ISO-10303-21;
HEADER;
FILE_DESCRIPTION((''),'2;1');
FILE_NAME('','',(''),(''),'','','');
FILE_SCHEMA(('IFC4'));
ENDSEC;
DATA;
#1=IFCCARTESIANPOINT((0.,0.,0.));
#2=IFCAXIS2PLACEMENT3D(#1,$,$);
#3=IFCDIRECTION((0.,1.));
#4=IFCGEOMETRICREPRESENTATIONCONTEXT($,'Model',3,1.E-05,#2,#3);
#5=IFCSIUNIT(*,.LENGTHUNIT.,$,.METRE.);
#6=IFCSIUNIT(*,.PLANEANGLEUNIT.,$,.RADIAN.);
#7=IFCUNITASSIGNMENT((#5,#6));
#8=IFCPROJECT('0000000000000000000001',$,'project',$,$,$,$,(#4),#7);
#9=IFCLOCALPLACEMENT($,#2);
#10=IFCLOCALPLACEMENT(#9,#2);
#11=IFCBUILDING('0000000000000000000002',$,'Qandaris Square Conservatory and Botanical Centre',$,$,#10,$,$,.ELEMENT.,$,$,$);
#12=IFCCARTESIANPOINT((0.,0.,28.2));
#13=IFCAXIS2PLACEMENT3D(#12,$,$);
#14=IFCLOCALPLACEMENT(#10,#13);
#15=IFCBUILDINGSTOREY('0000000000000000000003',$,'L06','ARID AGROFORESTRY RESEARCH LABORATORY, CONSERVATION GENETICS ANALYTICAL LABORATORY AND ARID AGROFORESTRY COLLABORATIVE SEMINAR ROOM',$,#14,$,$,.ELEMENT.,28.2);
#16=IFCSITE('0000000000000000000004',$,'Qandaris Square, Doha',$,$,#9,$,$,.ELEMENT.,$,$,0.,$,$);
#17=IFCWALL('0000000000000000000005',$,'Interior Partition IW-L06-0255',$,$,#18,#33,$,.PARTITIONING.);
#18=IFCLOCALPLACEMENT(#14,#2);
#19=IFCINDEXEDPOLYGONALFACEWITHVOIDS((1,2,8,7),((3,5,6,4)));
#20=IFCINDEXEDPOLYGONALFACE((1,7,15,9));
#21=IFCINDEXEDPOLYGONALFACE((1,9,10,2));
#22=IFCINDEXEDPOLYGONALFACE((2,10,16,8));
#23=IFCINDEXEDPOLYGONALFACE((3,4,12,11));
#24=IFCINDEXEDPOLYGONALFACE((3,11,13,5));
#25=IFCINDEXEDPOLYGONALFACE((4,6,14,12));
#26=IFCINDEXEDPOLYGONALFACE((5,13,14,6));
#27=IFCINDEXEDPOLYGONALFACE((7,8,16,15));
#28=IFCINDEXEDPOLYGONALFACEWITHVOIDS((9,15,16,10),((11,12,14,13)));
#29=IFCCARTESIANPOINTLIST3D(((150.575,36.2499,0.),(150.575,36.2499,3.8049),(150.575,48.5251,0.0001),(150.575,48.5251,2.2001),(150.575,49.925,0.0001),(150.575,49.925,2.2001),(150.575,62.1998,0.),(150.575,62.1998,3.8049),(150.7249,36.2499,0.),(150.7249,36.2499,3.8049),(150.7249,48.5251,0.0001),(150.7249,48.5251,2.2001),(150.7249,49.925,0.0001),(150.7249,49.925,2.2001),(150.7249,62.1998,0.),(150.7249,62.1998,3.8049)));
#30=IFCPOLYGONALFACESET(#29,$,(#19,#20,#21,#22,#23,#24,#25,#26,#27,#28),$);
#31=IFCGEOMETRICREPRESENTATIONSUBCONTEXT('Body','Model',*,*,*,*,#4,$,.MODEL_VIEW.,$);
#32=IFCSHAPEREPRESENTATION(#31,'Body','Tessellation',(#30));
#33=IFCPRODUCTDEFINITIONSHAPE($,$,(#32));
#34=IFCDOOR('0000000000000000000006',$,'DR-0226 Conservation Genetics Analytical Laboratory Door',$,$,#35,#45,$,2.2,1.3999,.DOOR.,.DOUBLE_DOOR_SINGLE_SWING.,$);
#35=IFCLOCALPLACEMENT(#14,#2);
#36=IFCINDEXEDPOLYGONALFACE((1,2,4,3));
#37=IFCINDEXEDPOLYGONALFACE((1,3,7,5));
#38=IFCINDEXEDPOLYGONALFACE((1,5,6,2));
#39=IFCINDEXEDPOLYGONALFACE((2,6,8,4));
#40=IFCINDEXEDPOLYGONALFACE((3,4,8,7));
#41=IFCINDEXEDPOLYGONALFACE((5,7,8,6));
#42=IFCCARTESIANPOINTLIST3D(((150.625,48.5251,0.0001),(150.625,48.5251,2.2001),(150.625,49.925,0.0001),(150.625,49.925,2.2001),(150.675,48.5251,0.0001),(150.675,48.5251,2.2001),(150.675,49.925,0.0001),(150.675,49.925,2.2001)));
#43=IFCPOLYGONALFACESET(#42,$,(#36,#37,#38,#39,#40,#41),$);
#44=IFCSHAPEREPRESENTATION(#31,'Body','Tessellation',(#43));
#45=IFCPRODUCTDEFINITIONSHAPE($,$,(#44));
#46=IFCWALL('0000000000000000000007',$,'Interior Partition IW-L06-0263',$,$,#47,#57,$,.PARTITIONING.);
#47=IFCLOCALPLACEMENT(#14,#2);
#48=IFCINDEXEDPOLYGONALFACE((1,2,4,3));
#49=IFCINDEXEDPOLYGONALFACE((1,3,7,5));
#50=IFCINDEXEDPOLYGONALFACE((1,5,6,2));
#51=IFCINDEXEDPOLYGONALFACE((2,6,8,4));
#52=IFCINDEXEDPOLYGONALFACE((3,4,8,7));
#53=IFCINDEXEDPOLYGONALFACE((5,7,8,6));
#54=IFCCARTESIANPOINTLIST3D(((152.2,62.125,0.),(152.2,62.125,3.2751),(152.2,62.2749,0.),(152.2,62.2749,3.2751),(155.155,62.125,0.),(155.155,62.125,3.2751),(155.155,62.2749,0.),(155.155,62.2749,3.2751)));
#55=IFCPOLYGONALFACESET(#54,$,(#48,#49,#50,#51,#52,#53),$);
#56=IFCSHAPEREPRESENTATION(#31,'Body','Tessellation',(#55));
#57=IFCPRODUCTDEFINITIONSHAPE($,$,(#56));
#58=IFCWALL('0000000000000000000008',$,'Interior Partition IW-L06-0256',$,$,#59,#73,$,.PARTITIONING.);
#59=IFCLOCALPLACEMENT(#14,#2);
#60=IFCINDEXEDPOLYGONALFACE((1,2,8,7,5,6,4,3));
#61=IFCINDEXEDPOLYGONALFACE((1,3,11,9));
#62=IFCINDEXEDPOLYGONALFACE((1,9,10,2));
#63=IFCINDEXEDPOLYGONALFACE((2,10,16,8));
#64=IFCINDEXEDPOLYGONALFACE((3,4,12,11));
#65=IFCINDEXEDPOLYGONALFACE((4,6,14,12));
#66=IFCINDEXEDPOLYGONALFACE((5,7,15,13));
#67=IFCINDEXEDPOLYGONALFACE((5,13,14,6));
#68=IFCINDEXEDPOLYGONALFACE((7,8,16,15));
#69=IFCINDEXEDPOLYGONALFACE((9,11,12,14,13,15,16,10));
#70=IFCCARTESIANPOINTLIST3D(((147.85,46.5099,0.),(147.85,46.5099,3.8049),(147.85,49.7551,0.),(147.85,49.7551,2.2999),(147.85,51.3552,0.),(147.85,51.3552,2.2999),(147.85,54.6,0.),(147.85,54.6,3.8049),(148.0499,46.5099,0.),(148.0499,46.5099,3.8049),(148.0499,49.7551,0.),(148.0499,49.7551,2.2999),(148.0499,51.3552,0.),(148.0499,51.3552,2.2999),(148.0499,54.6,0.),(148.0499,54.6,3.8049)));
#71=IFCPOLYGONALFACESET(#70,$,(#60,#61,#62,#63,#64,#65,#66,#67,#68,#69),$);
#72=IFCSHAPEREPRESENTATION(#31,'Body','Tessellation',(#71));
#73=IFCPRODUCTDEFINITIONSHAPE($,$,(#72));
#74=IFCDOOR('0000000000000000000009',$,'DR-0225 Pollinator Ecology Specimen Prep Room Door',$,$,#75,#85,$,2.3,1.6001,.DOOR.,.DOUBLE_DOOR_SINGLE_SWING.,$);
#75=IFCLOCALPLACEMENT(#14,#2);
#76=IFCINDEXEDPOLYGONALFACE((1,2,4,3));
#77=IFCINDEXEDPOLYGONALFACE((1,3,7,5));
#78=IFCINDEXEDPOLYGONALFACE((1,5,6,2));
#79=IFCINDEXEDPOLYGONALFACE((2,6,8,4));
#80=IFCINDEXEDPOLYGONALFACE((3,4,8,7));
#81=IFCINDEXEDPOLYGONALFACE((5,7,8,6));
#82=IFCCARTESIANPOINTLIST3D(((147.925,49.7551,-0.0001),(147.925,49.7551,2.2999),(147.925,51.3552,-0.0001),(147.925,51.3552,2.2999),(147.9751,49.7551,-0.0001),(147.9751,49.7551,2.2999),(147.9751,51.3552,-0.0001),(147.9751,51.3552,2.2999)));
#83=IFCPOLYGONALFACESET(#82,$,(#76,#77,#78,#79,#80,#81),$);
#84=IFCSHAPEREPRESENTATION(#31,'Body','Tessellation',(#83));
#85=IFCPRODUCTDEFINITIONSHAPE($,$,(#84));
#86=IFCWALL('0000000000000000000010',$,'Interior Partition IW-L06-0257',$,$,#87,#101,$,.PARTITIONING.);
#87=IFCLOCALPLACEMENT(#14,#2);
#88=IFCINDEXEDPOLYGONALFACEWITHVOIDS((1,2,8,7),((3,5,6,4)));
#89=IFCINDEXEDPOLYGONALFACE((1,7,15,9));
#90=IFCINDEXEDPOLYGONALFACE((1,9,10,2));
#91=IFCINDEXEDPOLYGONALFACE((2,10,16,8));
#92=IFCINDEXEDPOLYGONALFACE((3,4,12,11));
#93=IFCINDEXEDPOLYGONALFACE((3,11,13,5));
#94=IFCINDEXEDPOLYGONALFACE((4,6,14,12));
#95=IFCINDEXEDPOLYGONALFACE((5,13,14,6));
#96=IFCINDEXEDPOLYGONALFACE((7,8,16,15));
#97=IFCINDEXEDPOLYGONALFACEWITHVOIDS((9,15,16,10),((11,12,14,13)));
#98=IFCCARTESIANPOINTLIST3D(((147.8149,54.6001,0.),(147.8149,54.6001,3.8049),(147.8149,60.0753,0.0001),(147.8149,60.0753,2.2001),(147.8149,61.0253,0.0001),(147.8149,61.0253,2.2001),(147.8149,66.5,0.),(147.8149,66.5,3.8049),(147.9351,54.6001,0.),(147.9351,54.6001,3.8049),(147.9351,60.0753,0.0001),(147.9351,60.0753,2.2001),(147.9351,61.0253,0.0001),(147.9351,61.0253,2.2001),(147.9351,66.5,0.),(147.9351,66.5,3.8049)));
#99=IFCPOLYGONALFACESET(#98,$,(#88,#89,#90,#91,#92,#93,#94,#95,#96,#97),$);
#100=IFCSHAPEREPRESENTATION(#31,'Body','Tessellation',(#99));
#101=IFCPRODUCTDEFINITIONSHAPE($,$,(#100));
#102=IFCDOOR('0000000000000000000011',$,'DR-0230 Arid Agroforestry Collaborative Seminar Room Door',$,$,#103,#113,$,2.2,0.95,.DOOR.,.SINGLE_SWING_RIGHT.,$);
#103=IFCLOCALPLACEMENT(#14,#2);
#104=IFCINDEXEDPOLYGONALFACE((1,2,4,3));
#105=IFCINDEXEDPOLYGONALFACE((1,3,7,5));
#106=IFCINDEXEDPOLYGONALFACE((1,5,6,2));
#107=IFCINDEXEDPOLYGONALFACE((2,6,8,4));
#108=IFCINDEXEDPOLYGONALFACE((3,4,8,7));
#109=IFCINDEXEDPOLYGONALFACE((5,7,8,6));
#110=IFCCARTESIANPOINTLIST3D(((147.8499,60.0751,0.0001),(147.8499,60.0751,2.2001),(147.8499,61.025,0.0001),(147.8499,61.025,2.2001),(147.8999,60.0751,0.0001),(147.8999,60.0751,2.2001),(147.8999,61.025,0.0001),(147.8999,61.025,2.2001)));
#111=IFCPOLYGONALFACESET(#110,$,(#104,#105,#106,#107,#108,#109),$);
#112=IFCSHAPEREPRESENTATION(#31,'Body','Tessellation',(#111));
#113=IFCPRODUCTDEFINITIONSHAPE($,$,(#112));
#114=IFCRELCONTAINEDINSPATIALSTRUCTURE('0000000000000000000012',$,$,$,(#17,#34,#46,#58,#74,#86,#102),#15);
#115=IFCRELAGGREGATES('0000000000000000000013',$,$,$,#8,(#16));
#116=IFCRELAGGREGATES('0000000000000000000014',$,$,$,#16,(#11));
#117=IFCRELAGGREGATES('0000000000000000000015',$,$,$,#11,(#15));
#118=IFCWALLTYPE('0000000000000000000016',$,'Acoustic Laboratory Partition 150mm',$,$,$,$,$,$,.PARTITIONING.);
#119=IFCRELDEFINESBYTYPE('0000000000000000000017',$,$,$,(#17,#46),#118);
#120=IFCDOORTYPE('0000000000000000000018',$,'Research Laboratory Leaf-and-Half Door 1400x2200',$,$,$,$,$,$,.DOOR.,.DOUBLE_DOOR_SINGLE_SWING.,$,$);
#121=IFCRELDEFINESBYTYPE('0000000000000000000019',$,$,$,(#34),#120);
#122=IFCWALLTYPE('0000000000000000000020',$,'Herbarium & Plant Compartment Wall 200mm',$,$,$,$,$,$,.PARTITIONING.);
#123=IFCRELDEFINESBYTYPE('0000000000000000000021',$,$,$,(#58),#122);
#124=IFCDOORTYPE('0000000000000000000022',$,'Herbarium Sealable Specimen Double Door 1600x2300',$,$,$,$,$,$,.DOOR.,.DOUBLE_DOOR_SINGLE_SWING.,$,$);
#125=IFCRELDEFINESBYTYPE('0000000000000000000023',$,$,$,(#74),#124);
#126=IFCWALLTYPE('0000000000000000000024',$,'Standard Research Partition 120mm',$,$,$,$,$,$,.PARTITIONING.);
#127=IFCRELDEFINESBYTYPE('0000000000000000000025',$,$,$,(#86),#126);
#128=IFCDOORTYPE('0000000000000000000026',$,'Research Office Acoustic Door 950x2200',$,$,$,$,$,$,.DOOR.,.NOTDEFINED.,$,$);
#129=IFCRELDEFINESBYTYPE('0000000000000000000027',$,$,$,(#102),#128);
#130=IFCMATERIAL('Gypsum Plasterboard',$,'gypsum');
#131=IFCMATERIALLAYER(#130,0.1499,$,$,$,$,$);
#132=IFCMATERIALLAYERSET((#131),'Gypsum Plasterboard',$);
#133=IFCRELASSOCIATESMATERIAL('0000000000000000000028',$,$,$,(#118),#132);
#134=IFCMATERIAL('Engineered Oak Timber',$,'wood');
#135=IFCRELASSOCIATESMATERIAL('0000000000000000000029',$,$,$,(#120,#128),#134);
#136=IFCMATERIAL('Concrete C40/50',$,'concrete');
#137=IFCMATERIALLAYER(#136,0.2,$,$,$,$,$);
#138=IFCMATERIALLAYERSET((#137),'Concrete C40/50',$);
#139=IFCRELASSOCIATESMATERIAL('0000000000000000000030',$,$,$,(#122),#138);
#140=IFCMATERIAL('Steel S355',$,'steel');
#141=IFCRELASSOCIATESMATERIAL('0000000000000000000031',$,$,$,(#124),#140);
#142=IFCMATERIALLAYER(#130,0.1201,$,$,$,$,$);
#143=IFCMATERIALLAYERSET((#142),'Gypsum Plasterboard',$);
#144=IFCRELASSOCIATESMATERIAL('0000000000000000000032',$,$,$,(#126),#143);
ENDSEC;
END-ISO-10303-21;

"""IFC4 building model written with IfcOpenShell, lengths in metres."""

from ifc_helpers import new_model, si_unit, direction, frame, frame_2d, origin, place, context, subcontext, project, spatial, rectangle, extrude, material, layer, layer_set, type_object, element, fill, save


model = new_model("IFC4")

# Units and contexts
model_context = context("Model", 3, precision=1e-05, world=origin(), true_north=direction((0.0, 1.0)))
body_context = subcontext(model_context, "Body", "Model", "MODEL_VIEW")
ifc_project = project(units=[si_unit("LENGTHUNIT", "METRE"), si_unit("PLANEANGLEUNIT", "RADIAN")], contexts=[model_context])

# Site, building, storey
site_placement = place(None, origin())
site = spatial("IfcSite", under=ifc_project, at=site_placement, Name="Qandaris Square, Doha", CompositionType="ELEMENT", RefElevation=0.0)
building_placement = place(site_placement, origin())
building = spatial("IfcBuilding", under=site, at=building_placement, Name="Qandaris Square Conservatory and Botanical Centre", CompositionType="ELEMENT")
storey_placement = place(building_placement, frame((0.0, 0.0, 28.2)))
storey = spatial("IfcBuildingStorey", under=building, at=storey_placement, Name="L06", Description="ARID AGROFORESTRY RESEARCH LABORATORY, CONSERVATION GENETICS ANALYTICAL LABORATORY AND ARID AGROFORESTRY COLLABORATIVE SEMINAR ROOM", CompositionType="ELEMENT", Elevation=28.2)

# Wall, opening, door
ifc_material_1 = material(Name="Gypsum Plasterboard", Category="gypsum")
ifc_layer_1 = layer(ifc_material_1, 0.1499)
ifc_layer_set_1 = layer_set([ifc_layer_1], Name="Gypsum Plasterboard")
wall_type_1 = type_object("IfcWallType", Name="Acoustic Laboratory Partition 150mm", PredefinedType="PARTITIONING", material=ifc_layer_set_1)
wall_1_placement = place(storey_placement, frame((150.6499, 62.2, 0.0), z_axis=(0.0, 0.0, 1.0), x_axis=(0.0, -1.0, 0.0)))
wall_1 = element("IfcWall", 1, at=wall_1_placement, inside=storey, type_object=wall_type_1, Name="Interior Partition IW-L06-0255", PredefinedType="PARTITIONING", context=body_context, shape_type="SweptSolid", body=[
    extrude(rectangle(XDim=25.95, YDim=0.1499, at=frame_2d((12.9751, 0.0))), origin(), (0.0, 0.0, 1.0), 3.8049),
])
opening_1_placement = place(wall_1_placement, frame((12.2749, 0.0, 0.0)))
opening_1 = element("IfcOpeningElement", 2, at=opening_1_placement, cuts=wall_1, PredefinedType="OPENING", context=body_context, shape_type="SweptSolid", body=[
    extrude(rectangle(XDim=1.3999, YDim=2.2, at=frame_2d((0.7, 1.1001))), frame((0.0, 0.0869, 0.0), z_axis=(0.0, -1.0, 0.0), x_axis=(1.0, 0.0, 0.0)), (0.0, 0.0, 1.0), 0.1738),
])
ifc_material_2 = material(Name="Engineered Oak Timber", Category="wood")
door_type_1 = type_object("IfcDoorType", Name="Research Laboratory Leaf-and-Half Door 1400x2200", OperationType="DOUBLE_DOOR_SINGLE_SWING", PredefinedType="DOOR", material=ifc_material_2)
door_1_placement = place(opening_1_placement, frame((1.3999, 0.0, 0.0), z_axis=(0.0, 0.0, 1.0), x_axis=(-1.0, 0.0, 0.0)))
door_1 = element("IfcDoor", 3, at=door_1_placement, inside=storey, type_object=door_type_1, Name="DR-0226 Conservation Genetics Analytical Laboratory Door", OperationType="DOUBLE_DOOR_SINGLE_SWING", OverallHeight=2.2, OverallWidth=1.3999, PredefinedType="DOOR", context=body_context, shape_type="SweptSolid", body=[
    extrude(rectangle(XDim=1.3999, YDim=2.2, at=frame_2d((0.7, 1.1001))), frame((0.0, 0.0249, 0.0), z_axis=(0.0, -1.0, 0.0), x_axis=(1.0, 0.0, 0.0)), (0.0, 0.0, 1.0), 0.05),
])
fill(opening_1, door_1)

# Wall
wall_2_placement = place(storey_placement, frame((152.2, 62.2, 0.0), z_axis=(0.0, 0.0, 1.0), x_axis=(1.0, 0.0, 0.0)))
element("IfcWall", 4, at=wall_2_placement, inside=storey, type_object=wall_type_1, Name="Interior Partition IW-L06-0263", PredefinedType="PARTITIONING", context=body_context, shape_type="SweptSolid", body=[
    extrude(rectangle(XDim=2.9551, YDim=0.1499, at=frame_2d((1.4775, 0.0))), origin(), (0.0, 0.0, 1.0), 3.2751),
])

# Walls, openings, doors
ifc_material_3 = material(Name="Concrete C40/50", Category="concrete")
ifc_layer_2 = layer(ifc_material_3, 0.2)
ifc_layer_set_2 = layer_set([ifc_layer_2], Name="Concrete C40/50")
wall_type_2 = type_object("IfcWallType", Name="Herbarium & Plant Compartment Wall 200mm", PredefinedType="PARTITIONING", material=ifc_layer_set_2)
wall_3_placement = place(storey_placement, frame((147.95, 46.51, 0.0), z_axis=(0.0, 0.0, 1.0), x_axis=(0.0, 1.0, 0.0)))
wall_3 = element("IfcWall", 5, at=wall_3_placement, inside=storey, type_object=wall_type_2, Name="Interior Partition IW-L06-0256", PredefinedType="PARTITIONING", context=body_context, shape_type="SweptSolid", body=[
    extrude(rectangle(XDim=8.0901, YDim=0.2, at=frame_2d((4.0449, 0.0))), origin(), (0.0, 0.0, 1.0), 3.8049),
])
opening_2_placement = place(wall_3_placement, frame((3.2451, 0.0, 0.0)))
opening_2 = element("IfcOpeningElement", 6, at=opening_2_placement, cuts=wall_3, PredefinedType="OPENING", context=body_context, shape_type="SweptSolid", body=[
    extrude(rectangle(XDim=1.6001, YDim=2.3, at=frame_2d((0.8, 1.1499))), frame((0.0, 0.1118, 0.0), z_axis=(0.0, -1.0, 0.0), x_axis=(1.0, 0.0, 0.0)), (0.0, 0.0, 1.0), 0.2239),
])
ifc_material_4 = material(Name="Steel S355", Category="steel")
door_type_2 = type_object("IfcDoorType", Name="Herbarium Sealable Specimen Double Door 1600x2300", OperationType="DOUBLE_DOOR_SINGLE_SWING", PredefinedType="DOOR", material=ifc_material_4)
door_2_placement = place(opening_2_placement, origin())
door_2 = element("IfcDoor", 7, at=door_2_placement, inside=storey, type_object=door_type_2, Name="DR-0225 Pollinator Ecology Specimen Prep Room Door", OperationType="DOUBLE_DOOR_SINGLE_SWING", OverallHeight=2.3, OverallWidth=1.6001, PredefinedType="DOOR", context=body_context, shape_type="SweptSolid", body=[
    extrude(rectangle(XDim=1.6001, YDim=2.3, at=frame_2d((0.8, 1.1499))), frame((0.0, 0.0249, 0.0), z_axis=(0.0, -1.0, 0.0), x_axis=(1.0, 0.0, 0.0)), (0.0, 0.0, 1.0), 0.05),
])
fill(opening_2, door_2)
ifc_layer_3 = layer(ifc_material_1, 0.1201)
ifc_layer_set_3 = layer_set([ifc_layer_3], Name="Gypsum Plasterboard")
wall_type_3 = type_object("IfcWallType", Name="Standard Research Partition 120mm", PredefinedType="PARTITIONING", material=ifc_layer_set_3)
wall_4_placement = place(storey_placement, frame((147.875, 54.6001, 0.0), z_axis=(0.0, 0.0, 1.0), x_axis=(0.0, 1.0, 0.0)))
wall_4 = element("IfcWall", 8, at=wall_4_placement, inside=storey, type_object=wall_type_3, Name="Interior Partition IW-L06-0257", PredefinedType="PARTITIONING", context=body_context, shape_type="SweptSolid", body=[
    extrude(rectangle(XDim=11.8999, YDim=0.1201, at=frame_2d((5.95, 0.0))), origin(), (0.0, 0.0, 1.0), 3.8049),
])
opening_3_placement = place(wall_4_placement, frame((5.4751, 0.0, 0.0)))
opening_3 = element("IfcOpeningElement", 9, at=opening_3_placement, cuts=wall_4, PredefinedType="OPENING", context=body_context, shape_type="SweptSolid", body=[
    extrude(rectangle(XDim=0.95, YDim=2.2, at=frame_2d((0.4751, 1.1001))), frame((0.0, 0.072, 0.0), z_axis=(0.0, -1.0, 0.0), x_axis=(1.0, 0.0, 0.0)), (0.0, 0.0, 1.0), 0.144),
])
door_type_3 = type_object("IfcDoorType", Name="Research Office Acoustic Door 950x2200", OperationType="NOTDEFINED", PredefinedType="DOOR", material=ifc_material_2)
door_3_placement = place(opening_3_placement, frame((0.95, 0.0, 0.0), z_axis=(0.0, 0.0, 1.0), x_axis=(-1.0, 0.0, 0.0)))
door_3 = element("IfcDoor", 10, at=door_3_placement, inside=storey, type_object=door_type_3, Name="DR-0230 Arid Agroforestry Collaborative Seminar Room Door", OperationType="SINGLE_SWING_RIGHT", OverallHeight=2.2, OverallWidth=0.95, PredefinedType="DOOR", context=body_context, shape_type="SweptSolid", body=[
    extrude(rectangle(XDim=0.95, YDim=2.2, at=frame_2d((0.4751, 1.1001))), frame((0.0, 0.0249, 0.0), z_axis=(0.0, -1.0, 0.0), x_axis=(1.0, 0.0, 0.0)), (0.0, 0.0, 1.0), 0.05),
])
fill(opening_3, door_3)

save(model, "model.ifc")
